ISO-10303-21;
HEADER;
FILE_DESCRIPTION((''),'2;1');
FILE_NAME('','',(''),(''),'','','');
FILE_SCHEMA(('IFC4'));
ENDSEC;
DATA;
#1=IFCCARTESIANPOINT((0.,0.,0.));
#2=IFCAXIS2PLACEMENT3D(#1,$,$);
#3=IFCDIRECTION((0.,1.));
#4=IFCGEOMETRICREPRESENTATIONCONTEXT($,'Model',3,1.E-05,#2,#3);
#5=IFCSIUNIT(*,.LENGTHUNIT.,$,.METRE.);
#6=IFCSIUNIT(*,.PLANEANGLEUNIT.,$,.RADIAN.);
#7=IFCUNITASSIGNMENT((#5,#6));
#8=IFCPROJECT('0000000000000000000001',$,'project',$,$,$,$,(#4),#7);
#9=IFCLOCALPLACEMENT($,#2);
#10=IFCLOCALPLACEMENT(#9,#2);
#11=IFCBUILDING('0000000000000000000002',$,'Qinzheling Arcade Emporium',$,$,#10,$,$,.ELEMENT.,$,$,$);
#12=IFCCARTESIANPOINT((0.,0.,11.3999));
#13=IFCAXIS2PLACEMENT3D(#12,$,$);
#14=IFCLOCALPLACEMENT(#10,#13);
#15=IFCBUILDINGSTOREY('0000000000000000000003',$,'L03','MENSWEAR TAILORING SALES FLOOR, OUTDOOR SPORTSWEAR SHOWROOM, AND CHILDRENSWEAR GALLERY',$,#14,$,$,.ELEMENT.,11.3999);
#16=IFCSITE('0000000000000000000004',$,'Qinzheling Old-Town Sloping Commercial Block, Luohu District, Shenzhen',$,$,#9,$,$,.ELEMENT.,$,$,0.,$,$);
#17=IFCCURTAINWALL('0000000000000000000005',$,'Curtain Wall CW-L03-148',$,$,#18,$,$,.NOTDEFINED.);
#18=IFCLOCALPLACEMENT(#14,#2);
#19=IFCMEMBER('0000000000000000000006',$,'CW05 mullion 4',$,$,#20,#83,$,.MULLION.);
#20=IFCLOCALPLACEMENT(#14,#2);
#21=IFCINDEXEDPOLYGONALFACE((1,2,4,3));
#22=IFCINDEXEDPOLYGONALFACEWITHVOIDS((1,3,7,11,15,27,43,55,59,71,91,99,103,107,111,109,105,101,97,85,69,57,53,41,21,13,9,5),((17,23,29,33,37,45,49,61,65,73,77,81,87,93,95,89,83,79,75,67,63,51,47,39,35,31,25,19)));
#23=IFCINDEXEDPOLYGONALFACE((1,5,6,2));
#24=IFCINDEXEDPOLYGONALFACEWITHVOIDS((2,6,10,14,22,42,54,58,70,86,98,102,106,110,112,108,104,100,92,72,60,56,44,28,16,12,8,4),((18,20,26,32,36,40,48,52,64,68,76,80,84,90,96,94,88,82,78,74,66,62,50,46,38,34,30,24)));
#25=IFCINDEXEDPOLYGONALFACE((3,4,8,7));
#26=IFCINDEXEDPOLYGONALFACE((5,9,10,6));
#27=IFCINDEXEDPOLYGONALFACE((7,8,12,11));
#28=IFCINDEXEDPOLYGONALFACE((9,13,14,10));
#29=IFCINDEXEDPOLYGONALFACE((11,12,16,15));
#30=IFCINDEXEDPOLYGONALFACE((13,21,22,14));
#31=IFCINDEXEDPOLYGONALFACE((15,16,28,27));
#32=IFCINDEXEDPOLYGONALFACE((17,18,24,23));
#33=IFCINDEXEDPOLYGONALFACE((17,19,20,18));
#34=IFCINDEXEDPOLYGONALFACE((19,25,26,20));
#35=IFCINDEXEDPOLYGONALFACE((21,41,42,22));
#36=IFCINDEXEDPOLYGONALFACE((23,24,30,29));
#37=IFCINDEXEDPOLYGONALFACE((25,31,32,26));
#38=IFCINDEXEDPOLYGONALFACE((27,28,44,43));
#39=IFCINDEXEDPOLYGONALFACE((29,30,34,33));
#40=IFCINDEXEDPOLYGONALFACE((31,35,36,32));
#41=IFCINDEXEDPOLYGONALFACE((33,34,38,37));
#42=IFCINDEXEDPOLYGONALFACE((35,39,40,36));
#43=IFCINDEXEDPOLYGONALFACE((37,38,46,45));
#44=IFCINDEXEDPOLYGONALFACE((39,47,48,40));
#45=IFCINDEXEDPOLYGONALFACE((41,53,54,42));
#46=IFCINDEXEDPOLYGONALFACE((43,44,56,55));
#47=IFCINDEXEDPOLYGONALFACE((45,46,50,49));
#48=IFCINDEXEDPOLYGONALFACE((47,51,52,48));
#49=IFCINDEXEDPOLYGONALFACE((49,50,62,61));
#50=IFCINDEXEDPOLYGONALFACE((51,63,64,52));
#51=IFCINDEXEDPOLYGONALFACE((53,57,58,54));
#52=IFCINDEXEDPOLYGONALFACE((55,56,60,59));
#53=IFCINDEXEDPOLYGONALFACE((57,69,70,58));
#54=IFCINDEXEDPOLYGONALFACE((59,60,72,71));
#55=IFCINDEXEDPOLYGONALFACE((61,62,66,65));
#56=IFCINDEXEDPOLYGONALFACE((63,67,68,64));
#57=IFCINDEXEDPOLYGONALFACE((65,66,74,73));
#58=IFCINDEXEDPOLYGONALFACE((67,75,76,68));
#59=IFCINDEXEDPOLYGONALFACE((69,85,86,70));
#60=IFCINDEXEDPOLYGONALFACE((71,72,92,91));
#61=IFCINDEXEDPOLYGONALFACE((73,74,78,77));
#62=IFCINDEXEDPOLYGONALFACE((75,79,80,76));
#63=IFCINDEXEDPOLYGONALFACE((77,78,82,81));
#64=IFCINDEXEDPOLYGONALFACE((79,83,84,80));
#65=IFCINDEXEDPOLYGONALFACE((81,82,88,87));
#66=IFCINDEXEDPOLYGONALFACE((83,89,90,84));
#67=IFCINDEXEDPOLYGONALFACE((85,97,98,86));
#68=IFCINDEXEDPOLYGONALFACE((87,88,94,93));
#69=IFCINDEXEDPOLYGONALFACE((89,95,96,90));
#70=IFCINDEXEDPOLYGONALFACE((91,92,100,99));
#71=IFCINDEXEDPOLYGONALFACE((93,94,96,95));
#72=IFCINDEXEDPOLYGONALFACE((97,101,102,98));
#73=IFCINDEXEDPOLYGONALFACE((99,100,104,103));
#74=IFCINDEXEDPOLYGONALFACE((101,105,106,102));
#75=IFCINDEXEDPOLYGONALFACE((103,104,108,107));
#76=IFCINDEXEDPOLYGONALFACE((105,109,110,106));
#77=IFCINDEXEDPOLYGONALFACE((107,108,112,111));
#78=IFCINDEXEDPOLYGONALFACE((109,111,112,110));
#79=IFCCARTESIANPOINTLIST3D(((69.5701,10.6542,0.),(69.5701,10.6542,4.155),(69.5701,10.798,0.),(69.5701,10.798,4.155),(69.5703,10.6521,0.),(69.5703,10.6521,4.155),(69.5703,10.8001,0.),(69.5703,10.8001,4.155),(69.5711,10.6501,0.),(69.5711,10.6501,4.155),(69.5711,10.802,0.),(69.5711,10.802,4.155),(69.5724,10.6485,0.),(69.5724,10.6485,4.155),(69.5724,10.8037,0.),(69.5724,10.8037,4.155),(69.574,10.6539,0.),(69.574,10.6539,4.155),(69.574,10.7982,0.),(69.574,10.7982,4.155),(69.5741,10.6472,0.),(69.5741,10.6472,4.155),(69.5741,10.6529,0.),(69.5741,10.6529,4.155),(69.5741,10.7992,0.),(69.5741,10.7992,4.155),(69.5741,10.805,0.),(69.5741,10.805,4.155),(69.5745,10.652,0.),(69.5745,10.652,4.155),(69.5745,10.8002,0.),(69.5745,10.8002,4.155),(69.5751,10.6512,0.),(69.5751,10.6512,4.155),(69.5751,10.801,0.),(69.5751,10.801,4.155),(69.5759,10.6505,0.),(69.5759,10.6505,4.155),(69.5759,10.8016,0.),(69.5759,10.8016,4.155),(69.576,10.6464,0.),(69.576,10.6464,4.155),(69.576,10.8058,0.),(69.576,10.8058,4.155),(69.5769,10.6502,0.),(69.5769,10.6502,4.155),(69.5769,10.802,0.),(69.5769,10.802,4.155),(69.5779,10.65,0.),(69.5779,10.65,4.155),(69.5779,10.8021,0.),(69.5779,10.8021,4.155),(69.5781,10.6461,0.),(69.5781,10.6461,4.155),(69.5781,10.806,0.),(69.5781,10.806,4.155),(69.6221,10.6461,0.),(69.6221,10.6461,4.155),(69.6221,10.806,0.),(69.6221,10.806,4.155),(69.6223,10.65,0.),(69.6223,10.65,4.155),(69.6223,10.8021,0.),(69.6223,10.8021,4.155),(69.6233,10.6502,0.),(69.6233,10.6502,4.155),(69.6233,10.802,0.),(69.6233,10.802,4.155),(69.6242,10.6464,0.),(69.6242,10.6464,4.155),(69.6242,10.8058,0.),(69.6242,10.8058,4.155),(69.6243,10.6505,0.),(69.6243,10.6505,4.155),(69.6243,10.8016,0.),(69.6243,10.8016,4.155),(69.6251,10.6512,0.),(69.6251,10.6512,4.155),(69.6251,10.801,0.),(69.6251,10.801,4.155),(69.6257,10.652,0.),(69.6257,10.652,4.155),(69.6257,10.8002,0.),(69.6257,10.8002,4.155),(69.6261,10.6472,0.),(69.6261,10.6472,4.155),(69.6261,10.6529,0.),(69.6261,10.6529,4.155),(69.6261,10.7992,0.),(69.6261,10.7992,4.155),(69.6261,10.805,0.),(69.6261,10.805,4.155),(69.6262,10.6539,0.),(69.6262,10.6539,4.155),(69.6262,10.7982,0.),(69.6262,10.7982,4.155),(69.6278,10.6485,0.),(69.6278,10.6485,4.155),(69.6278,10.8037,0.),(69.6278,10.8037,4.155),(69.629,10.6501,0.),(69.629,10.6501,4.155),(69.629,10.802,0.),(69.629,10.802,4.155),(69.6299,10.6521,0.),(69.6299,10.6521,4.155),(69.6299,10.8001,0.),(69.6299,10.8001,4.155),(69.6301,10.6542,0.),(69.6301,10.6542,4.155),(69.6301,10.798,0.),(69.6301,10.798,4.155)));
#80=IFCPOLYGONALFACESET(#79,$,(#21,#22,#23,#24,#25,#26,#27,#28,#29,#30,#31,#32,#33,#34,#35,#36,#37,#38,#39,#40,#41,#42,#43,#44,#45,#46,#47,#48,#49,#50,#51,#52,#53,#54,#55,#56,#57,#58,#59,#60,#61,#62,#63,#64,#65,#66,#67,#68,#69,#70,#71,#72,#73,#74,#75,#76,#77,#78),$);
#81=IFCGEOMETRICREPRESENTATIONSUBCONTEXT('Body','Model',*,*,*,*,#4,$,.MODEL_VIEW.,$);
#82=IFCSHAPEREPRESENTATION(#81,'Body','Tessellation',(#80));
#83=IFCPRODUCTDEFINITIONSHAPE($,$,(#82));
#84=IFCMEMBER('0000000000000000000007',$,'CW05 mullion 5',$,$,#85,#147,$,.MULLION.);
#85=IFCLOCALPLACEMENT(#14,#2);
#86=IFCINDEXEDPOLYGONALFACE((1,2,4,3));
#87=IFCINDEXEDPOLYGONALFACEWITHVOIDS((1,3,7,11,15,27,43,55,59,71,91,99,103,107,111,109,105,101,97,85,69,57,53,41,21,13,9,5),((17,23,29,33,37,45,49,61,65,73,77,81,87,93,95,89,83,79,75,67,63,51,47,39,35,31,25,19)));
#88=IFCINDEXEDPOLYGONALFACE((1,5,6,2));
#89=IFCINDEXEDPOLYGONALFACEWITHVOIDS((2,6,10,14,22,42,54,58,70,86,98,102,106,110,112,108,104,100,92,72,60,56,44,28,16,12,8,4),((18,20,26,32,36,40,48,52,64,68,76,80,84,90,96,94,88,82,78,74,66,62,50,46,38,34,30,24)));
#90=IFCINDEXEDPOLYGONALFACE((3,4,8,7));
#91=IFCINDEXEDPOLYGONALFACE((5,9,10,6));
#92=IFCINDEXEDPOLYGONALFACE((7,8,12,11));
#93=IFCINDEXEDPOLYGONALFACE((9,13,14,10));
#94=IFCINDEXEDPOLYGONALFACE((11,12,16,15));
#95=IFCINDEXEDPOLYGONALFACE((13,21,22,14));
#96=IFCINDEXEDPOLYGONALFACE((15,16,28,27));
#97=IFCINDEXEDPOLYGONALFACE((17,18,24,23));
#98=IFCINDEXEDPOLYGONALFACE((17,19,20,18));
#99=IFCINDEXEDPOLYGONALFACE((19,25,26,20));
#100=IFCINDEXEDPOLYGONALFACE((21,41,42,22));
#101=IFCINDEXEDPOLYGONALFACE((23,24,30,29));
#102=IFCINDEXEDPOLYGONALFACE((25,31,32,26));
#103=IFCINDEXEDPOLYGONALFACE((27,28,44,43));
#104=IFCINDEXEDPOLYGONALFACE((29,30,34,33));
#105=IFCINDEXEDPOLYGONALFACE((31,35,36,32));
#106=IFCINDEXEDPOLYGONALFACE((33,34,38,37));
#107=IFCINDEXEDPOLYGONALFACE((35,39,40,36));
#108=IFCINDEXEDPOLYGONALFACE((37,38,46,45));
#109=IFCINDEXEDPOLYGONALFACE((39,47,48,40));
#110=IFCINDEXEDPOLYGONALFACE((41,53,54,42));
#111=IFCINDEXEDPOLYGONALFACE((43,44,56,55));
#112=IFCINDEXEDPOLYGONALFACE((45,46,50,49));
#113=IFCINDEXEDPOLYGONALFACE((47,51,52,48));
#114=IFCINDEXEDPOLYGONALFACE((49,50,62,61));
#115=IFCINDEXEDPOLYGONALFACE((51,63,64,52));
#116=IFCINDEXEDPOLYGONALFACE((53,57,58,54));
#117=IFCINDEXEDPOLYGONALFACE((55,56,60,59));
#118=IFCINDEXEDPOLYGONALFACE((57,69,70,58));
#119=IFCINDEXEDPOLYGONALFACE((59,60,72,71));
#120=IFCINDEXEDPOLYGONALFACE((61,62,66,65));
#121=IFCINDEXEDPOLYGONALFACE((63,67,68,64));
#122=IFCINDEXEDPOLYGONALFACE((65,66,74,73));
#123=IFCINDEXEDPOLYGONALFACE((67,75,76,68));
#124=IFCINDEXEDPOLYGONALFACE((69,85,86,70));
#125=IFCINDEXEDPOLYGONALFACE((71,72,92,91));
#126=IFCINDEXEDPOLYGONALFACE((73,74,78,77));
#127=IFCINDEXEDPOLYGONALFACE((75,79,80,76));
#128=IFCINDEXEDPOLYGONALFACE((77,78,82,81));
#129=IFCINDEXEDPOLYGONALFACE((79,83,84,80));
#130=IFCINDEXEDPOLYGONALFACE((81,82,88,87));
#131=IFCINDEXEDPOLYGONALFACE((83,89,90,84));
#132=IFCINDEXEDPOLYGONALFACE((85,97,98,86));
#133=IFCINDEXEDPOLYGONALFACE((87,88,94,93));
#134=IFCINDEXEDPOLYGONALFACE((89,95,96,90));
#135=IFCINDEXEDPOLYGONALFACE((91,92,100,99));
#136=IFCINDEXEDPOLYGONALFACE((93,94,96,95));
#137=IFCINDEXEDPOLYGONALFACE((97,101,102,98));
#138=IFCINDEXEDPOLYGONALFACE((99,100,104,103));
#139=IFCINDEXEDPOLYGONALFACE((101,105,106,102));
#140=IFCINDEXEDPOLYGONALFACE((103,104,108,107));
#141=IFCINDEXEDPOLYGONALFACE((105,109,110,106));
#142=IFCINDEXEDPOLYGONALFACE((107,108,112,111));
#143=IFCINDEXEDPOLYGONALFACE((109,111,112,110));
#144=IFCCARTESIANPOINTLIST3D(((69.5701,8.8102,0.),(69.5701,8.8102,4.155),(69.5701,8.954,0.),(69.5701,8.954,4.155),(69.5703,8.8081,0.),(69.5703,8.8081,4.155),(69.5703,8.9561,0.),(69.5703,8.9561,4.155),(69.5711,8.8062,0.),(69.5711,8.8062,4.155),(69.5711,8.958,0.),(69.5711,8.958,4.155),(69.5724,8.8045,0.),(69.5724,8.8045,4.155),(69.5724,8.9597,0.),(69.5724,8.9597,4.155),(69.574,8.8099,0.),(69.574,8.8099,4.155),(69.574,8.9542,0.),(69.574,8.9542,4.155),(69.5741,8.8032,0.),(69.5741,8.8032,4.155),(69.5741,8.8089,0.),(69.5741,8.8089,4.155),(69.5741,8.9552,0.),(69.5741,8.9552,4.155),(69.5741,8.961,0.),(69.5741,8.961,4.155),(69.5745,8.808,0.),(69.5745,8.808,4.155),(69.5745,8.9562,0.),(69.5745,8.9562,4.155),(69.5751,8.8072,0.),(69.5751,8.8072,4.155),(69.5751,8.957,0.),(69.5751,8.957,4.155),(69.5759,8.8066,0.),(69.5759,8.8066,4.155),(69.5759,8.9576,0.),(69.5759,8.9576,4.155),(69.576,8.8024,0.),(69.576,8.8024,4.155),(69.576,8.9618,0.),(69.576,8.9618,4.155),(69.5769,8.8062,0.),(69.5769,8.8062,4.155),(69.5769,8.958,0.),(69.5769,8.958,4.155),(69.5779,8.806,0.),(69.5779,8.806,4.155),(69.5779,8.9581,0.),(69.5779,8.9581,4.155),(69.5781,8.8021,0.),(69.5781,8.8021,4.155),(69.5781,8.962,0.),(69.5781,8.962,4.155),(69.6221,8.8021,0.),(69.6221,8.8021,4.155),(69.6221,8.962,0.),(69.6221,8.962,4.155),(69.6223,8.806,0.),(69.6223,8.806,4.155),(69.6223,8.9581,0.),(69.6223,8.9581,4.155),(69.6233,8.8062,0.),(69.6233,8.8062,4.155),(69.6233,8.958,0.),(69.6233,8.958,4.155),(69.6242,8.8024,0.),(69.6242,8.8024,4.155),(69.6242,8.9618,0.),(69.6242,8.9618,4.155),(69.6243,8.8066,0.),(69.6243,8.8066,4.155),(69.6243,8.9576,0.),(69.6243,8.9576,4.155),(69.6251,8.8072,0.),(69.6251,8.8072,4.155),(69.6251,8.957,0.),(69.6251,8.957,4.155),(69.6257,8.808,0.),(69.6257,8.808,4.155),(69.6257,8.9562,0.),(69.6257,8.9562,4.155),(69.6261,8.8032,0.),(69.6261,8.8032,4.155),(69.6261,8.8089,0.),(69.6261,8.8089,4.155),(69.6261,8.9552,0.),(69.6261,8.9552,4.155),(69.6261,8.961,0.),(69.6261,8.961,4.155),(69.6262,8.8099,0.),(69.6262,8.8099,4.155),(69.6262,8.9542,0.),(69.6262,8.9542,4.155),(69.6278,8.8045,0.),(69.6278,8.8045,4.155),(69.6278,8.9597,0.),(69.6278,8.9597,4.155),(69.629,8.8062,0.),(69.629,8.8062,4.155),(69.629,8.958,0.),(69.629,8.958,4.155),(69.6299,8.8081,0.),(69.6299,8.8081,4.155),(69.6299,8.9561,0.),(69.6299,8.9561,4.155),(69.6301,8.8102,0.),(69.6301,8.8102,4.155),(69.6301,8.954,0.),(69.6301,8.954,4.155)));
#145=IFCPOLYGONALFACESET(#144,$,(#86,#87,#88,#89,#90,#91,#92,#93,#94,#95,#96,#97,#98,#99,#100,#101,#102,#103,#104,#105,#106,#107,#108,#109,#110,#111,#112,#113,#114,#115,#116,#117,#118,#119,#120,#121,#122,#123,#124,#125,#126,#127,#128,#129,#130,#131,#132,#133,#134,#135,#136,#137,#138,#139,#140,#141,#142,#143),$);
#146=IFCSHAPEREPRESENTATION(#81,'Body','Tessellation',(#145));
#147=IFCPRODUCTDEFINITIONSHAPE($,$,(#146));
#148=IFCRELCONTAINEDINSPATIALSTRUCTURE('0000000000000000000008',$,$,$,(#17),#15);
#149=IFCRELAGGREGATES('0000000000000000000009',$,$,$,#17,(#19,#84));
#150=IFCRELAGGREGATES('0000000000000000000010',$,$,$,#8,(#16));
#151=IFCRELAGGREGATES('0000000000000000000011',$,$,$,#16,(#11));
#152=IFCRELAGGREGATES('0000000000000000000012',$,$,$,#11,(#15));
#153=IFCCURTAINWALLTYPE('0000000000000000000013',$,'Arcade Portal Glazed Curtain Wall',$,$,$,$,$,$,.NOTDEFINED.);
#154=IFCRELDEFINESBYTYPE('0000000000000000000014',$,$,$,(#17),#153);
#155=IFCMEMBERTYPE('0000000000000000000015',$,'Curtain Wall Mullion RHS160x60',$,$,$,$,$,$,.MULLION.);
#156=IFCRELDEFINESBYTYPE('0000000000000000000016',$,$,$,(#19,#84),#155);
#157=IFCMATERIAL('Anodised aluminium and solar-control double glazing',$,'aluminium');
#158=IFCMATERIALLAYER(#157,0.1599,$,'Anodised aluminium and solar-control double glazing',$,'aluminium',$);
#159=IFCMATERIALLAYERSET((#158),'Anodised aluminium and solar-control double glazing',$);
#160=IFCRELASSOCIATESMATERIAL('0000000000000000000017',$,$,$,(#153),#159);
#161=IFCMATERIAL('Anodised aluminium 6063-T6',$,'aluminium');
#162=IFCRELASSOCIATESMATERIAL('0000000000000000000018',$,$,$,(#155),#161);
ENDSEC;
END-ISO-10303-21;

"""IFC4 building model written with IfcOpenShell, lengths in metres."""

from ifc_helpers import new_model, si_unit, direction, frame, origin, origin_2d, place, context, subcontext, project, spatial, hollow_rectangle, extrude, material, layer, layer_set, material_profile, profile_set, type_object, element, aggregate, save


model = new_model("IFC4")

# Units and contexts
model_context = context("Model", 3, precision=1e-05, world=origin(), true_north=direction((0.0, 1.0)))
body_context = subcontext(model_context, "Body", "Model", "MODEL_VIEW")
ifc_project = project(units=[si_unit("LENGTHUNIT", "METRE"), si_unit("PLANEANGLEUNIT", "RADIAN")], contexts=[model_context])

# Site, building, storey
site_placement = place(None, origin())
site = spatial("IfcSite", under=ifc_project, at=site_placement, Name="Qinzheling Old-Town Sloping Commercial Block, Luohu District, Shenzhen", CompositionType="ELEMENT", RefElevation=0.0)
building_placement = place(site_placement, origin())
building = spatial("IfcBuilding", under=site, at=building_placement, Name="Qinzheling Arcade Emporium", CompositionType="ELEMENT")
storey_placement = place(building_placement, frame((0.0, 0.0, 11.3999)))
storey = spatial("IfcBuildingStorey", under=building, at=storey_placement, Name="L03", Description="MENSWEAR TAILORING SALES FLOOR, OUTDOOR SPORTSWEAR SHOWROOM, AND CHILDRENSWEAR GALLERY", CompositionType="ELEMENT", Elevation=11.3999)

# Curtain wall, members
ifc_material_1 = material(Name="Anodised aluminium and solar-control double glazing", Category="aluminium")
ifc_layer_1 = layer(ifc_material_1, 0.1599, Name="Anodised aluminium and solar-control double glazing", Category="aluminium")
ifc_layer_set_1 = layer_set([ifc_layer_1], Name="Anodised aluminium and solar-control double glazing")
curtain_wall_type = type_object("IfcCurtainWallType", Name="Arcade Portal Glazed Curtain Wall", PredefinedType="NOTDEFINED", material=ifc_layer_set_1)
curtain_wall_1_placement = place(storey_placement, origin())
curtain_wall_1 = element("IfcCurtainWall", 1, at=curtain_wall_1_placement, inside=storey, type_object=curtain_wall_type, Name="Curtain Wall CW-L03-148", PredefinedType="NOTDEFINED")
ifc_material_2 = material(Name="Anodised aluminium 6063-T6", Category="aluminium")
ifc_material_profile_1 = material_profile(ifc_material_2, hollow_rectangle(XDim=0.0601, YDim=0.1599, WallThickness=0.0039, InnerFilletRadius=0.0039, OuterFilletRadius=0.0081, at=origin_2d()), Name="RHS 160x60x4", Category="aluminium")
ifc_profile_set_1 = profile_set([ifc_material_profile_1], Name="Anodised aluminium 6063-T6")
member_type_1 = type_object("IfcMemberType", Name="Curtain Wall Mullion RHS160x60", PredefinedType="MULLION", material=ifc_profile_set_1)
member_1_placement = place(storey_placement, frame((69.6001, 10.7261, 0.0), z_axis=(0.0, 0.0, 1.0), x_axis=(1.0, 0.0, 0.0)))
member_1 = element("IfcMember", 2, at=member_1_placement, type_object=member_type_1, Name="CW05 mullion 4", PredefinedType="MULLION", context=body_context, shape_type="SweptSolid", body=[
    extrude(hollow_rectangle(XDim=0.0601, YDim=0.1599, WallThickness=0.0039, InnerFilletRadius=0.0039, OuterFilletRadius=0.0081, at=origin_2d()), origin(), (0.0, 0.0, 1.0), 4.155),
])
member_2_placement = place(storey_placement, frame((69.6001, 8.8821, 0.0), z_axis=(0.0, 0.0, 1.0), x_axis=(1.0, 0.0, 0.0)))
member_2 = element("IfcMember", 3, at=member_2_placement, type_object=member_type_1, Name="CW05 mullion 5", PredefinedType="MULLION", context=body_context, shape_type="SweptSolid", body=[
    extrude(hollow_rectangle(XDim=0.0601, YDim=0.1599, WallThickness=0.0039, InnerFilletRadius=0.0039, OuterFilletRadius=0.0081, at=origin_2d()), origin(), (0.0, 0.0, 1.0), 4.155),
])

aggregate(curtain_wall_1, [member_1, member_2])

save(model, "model.ifc")
